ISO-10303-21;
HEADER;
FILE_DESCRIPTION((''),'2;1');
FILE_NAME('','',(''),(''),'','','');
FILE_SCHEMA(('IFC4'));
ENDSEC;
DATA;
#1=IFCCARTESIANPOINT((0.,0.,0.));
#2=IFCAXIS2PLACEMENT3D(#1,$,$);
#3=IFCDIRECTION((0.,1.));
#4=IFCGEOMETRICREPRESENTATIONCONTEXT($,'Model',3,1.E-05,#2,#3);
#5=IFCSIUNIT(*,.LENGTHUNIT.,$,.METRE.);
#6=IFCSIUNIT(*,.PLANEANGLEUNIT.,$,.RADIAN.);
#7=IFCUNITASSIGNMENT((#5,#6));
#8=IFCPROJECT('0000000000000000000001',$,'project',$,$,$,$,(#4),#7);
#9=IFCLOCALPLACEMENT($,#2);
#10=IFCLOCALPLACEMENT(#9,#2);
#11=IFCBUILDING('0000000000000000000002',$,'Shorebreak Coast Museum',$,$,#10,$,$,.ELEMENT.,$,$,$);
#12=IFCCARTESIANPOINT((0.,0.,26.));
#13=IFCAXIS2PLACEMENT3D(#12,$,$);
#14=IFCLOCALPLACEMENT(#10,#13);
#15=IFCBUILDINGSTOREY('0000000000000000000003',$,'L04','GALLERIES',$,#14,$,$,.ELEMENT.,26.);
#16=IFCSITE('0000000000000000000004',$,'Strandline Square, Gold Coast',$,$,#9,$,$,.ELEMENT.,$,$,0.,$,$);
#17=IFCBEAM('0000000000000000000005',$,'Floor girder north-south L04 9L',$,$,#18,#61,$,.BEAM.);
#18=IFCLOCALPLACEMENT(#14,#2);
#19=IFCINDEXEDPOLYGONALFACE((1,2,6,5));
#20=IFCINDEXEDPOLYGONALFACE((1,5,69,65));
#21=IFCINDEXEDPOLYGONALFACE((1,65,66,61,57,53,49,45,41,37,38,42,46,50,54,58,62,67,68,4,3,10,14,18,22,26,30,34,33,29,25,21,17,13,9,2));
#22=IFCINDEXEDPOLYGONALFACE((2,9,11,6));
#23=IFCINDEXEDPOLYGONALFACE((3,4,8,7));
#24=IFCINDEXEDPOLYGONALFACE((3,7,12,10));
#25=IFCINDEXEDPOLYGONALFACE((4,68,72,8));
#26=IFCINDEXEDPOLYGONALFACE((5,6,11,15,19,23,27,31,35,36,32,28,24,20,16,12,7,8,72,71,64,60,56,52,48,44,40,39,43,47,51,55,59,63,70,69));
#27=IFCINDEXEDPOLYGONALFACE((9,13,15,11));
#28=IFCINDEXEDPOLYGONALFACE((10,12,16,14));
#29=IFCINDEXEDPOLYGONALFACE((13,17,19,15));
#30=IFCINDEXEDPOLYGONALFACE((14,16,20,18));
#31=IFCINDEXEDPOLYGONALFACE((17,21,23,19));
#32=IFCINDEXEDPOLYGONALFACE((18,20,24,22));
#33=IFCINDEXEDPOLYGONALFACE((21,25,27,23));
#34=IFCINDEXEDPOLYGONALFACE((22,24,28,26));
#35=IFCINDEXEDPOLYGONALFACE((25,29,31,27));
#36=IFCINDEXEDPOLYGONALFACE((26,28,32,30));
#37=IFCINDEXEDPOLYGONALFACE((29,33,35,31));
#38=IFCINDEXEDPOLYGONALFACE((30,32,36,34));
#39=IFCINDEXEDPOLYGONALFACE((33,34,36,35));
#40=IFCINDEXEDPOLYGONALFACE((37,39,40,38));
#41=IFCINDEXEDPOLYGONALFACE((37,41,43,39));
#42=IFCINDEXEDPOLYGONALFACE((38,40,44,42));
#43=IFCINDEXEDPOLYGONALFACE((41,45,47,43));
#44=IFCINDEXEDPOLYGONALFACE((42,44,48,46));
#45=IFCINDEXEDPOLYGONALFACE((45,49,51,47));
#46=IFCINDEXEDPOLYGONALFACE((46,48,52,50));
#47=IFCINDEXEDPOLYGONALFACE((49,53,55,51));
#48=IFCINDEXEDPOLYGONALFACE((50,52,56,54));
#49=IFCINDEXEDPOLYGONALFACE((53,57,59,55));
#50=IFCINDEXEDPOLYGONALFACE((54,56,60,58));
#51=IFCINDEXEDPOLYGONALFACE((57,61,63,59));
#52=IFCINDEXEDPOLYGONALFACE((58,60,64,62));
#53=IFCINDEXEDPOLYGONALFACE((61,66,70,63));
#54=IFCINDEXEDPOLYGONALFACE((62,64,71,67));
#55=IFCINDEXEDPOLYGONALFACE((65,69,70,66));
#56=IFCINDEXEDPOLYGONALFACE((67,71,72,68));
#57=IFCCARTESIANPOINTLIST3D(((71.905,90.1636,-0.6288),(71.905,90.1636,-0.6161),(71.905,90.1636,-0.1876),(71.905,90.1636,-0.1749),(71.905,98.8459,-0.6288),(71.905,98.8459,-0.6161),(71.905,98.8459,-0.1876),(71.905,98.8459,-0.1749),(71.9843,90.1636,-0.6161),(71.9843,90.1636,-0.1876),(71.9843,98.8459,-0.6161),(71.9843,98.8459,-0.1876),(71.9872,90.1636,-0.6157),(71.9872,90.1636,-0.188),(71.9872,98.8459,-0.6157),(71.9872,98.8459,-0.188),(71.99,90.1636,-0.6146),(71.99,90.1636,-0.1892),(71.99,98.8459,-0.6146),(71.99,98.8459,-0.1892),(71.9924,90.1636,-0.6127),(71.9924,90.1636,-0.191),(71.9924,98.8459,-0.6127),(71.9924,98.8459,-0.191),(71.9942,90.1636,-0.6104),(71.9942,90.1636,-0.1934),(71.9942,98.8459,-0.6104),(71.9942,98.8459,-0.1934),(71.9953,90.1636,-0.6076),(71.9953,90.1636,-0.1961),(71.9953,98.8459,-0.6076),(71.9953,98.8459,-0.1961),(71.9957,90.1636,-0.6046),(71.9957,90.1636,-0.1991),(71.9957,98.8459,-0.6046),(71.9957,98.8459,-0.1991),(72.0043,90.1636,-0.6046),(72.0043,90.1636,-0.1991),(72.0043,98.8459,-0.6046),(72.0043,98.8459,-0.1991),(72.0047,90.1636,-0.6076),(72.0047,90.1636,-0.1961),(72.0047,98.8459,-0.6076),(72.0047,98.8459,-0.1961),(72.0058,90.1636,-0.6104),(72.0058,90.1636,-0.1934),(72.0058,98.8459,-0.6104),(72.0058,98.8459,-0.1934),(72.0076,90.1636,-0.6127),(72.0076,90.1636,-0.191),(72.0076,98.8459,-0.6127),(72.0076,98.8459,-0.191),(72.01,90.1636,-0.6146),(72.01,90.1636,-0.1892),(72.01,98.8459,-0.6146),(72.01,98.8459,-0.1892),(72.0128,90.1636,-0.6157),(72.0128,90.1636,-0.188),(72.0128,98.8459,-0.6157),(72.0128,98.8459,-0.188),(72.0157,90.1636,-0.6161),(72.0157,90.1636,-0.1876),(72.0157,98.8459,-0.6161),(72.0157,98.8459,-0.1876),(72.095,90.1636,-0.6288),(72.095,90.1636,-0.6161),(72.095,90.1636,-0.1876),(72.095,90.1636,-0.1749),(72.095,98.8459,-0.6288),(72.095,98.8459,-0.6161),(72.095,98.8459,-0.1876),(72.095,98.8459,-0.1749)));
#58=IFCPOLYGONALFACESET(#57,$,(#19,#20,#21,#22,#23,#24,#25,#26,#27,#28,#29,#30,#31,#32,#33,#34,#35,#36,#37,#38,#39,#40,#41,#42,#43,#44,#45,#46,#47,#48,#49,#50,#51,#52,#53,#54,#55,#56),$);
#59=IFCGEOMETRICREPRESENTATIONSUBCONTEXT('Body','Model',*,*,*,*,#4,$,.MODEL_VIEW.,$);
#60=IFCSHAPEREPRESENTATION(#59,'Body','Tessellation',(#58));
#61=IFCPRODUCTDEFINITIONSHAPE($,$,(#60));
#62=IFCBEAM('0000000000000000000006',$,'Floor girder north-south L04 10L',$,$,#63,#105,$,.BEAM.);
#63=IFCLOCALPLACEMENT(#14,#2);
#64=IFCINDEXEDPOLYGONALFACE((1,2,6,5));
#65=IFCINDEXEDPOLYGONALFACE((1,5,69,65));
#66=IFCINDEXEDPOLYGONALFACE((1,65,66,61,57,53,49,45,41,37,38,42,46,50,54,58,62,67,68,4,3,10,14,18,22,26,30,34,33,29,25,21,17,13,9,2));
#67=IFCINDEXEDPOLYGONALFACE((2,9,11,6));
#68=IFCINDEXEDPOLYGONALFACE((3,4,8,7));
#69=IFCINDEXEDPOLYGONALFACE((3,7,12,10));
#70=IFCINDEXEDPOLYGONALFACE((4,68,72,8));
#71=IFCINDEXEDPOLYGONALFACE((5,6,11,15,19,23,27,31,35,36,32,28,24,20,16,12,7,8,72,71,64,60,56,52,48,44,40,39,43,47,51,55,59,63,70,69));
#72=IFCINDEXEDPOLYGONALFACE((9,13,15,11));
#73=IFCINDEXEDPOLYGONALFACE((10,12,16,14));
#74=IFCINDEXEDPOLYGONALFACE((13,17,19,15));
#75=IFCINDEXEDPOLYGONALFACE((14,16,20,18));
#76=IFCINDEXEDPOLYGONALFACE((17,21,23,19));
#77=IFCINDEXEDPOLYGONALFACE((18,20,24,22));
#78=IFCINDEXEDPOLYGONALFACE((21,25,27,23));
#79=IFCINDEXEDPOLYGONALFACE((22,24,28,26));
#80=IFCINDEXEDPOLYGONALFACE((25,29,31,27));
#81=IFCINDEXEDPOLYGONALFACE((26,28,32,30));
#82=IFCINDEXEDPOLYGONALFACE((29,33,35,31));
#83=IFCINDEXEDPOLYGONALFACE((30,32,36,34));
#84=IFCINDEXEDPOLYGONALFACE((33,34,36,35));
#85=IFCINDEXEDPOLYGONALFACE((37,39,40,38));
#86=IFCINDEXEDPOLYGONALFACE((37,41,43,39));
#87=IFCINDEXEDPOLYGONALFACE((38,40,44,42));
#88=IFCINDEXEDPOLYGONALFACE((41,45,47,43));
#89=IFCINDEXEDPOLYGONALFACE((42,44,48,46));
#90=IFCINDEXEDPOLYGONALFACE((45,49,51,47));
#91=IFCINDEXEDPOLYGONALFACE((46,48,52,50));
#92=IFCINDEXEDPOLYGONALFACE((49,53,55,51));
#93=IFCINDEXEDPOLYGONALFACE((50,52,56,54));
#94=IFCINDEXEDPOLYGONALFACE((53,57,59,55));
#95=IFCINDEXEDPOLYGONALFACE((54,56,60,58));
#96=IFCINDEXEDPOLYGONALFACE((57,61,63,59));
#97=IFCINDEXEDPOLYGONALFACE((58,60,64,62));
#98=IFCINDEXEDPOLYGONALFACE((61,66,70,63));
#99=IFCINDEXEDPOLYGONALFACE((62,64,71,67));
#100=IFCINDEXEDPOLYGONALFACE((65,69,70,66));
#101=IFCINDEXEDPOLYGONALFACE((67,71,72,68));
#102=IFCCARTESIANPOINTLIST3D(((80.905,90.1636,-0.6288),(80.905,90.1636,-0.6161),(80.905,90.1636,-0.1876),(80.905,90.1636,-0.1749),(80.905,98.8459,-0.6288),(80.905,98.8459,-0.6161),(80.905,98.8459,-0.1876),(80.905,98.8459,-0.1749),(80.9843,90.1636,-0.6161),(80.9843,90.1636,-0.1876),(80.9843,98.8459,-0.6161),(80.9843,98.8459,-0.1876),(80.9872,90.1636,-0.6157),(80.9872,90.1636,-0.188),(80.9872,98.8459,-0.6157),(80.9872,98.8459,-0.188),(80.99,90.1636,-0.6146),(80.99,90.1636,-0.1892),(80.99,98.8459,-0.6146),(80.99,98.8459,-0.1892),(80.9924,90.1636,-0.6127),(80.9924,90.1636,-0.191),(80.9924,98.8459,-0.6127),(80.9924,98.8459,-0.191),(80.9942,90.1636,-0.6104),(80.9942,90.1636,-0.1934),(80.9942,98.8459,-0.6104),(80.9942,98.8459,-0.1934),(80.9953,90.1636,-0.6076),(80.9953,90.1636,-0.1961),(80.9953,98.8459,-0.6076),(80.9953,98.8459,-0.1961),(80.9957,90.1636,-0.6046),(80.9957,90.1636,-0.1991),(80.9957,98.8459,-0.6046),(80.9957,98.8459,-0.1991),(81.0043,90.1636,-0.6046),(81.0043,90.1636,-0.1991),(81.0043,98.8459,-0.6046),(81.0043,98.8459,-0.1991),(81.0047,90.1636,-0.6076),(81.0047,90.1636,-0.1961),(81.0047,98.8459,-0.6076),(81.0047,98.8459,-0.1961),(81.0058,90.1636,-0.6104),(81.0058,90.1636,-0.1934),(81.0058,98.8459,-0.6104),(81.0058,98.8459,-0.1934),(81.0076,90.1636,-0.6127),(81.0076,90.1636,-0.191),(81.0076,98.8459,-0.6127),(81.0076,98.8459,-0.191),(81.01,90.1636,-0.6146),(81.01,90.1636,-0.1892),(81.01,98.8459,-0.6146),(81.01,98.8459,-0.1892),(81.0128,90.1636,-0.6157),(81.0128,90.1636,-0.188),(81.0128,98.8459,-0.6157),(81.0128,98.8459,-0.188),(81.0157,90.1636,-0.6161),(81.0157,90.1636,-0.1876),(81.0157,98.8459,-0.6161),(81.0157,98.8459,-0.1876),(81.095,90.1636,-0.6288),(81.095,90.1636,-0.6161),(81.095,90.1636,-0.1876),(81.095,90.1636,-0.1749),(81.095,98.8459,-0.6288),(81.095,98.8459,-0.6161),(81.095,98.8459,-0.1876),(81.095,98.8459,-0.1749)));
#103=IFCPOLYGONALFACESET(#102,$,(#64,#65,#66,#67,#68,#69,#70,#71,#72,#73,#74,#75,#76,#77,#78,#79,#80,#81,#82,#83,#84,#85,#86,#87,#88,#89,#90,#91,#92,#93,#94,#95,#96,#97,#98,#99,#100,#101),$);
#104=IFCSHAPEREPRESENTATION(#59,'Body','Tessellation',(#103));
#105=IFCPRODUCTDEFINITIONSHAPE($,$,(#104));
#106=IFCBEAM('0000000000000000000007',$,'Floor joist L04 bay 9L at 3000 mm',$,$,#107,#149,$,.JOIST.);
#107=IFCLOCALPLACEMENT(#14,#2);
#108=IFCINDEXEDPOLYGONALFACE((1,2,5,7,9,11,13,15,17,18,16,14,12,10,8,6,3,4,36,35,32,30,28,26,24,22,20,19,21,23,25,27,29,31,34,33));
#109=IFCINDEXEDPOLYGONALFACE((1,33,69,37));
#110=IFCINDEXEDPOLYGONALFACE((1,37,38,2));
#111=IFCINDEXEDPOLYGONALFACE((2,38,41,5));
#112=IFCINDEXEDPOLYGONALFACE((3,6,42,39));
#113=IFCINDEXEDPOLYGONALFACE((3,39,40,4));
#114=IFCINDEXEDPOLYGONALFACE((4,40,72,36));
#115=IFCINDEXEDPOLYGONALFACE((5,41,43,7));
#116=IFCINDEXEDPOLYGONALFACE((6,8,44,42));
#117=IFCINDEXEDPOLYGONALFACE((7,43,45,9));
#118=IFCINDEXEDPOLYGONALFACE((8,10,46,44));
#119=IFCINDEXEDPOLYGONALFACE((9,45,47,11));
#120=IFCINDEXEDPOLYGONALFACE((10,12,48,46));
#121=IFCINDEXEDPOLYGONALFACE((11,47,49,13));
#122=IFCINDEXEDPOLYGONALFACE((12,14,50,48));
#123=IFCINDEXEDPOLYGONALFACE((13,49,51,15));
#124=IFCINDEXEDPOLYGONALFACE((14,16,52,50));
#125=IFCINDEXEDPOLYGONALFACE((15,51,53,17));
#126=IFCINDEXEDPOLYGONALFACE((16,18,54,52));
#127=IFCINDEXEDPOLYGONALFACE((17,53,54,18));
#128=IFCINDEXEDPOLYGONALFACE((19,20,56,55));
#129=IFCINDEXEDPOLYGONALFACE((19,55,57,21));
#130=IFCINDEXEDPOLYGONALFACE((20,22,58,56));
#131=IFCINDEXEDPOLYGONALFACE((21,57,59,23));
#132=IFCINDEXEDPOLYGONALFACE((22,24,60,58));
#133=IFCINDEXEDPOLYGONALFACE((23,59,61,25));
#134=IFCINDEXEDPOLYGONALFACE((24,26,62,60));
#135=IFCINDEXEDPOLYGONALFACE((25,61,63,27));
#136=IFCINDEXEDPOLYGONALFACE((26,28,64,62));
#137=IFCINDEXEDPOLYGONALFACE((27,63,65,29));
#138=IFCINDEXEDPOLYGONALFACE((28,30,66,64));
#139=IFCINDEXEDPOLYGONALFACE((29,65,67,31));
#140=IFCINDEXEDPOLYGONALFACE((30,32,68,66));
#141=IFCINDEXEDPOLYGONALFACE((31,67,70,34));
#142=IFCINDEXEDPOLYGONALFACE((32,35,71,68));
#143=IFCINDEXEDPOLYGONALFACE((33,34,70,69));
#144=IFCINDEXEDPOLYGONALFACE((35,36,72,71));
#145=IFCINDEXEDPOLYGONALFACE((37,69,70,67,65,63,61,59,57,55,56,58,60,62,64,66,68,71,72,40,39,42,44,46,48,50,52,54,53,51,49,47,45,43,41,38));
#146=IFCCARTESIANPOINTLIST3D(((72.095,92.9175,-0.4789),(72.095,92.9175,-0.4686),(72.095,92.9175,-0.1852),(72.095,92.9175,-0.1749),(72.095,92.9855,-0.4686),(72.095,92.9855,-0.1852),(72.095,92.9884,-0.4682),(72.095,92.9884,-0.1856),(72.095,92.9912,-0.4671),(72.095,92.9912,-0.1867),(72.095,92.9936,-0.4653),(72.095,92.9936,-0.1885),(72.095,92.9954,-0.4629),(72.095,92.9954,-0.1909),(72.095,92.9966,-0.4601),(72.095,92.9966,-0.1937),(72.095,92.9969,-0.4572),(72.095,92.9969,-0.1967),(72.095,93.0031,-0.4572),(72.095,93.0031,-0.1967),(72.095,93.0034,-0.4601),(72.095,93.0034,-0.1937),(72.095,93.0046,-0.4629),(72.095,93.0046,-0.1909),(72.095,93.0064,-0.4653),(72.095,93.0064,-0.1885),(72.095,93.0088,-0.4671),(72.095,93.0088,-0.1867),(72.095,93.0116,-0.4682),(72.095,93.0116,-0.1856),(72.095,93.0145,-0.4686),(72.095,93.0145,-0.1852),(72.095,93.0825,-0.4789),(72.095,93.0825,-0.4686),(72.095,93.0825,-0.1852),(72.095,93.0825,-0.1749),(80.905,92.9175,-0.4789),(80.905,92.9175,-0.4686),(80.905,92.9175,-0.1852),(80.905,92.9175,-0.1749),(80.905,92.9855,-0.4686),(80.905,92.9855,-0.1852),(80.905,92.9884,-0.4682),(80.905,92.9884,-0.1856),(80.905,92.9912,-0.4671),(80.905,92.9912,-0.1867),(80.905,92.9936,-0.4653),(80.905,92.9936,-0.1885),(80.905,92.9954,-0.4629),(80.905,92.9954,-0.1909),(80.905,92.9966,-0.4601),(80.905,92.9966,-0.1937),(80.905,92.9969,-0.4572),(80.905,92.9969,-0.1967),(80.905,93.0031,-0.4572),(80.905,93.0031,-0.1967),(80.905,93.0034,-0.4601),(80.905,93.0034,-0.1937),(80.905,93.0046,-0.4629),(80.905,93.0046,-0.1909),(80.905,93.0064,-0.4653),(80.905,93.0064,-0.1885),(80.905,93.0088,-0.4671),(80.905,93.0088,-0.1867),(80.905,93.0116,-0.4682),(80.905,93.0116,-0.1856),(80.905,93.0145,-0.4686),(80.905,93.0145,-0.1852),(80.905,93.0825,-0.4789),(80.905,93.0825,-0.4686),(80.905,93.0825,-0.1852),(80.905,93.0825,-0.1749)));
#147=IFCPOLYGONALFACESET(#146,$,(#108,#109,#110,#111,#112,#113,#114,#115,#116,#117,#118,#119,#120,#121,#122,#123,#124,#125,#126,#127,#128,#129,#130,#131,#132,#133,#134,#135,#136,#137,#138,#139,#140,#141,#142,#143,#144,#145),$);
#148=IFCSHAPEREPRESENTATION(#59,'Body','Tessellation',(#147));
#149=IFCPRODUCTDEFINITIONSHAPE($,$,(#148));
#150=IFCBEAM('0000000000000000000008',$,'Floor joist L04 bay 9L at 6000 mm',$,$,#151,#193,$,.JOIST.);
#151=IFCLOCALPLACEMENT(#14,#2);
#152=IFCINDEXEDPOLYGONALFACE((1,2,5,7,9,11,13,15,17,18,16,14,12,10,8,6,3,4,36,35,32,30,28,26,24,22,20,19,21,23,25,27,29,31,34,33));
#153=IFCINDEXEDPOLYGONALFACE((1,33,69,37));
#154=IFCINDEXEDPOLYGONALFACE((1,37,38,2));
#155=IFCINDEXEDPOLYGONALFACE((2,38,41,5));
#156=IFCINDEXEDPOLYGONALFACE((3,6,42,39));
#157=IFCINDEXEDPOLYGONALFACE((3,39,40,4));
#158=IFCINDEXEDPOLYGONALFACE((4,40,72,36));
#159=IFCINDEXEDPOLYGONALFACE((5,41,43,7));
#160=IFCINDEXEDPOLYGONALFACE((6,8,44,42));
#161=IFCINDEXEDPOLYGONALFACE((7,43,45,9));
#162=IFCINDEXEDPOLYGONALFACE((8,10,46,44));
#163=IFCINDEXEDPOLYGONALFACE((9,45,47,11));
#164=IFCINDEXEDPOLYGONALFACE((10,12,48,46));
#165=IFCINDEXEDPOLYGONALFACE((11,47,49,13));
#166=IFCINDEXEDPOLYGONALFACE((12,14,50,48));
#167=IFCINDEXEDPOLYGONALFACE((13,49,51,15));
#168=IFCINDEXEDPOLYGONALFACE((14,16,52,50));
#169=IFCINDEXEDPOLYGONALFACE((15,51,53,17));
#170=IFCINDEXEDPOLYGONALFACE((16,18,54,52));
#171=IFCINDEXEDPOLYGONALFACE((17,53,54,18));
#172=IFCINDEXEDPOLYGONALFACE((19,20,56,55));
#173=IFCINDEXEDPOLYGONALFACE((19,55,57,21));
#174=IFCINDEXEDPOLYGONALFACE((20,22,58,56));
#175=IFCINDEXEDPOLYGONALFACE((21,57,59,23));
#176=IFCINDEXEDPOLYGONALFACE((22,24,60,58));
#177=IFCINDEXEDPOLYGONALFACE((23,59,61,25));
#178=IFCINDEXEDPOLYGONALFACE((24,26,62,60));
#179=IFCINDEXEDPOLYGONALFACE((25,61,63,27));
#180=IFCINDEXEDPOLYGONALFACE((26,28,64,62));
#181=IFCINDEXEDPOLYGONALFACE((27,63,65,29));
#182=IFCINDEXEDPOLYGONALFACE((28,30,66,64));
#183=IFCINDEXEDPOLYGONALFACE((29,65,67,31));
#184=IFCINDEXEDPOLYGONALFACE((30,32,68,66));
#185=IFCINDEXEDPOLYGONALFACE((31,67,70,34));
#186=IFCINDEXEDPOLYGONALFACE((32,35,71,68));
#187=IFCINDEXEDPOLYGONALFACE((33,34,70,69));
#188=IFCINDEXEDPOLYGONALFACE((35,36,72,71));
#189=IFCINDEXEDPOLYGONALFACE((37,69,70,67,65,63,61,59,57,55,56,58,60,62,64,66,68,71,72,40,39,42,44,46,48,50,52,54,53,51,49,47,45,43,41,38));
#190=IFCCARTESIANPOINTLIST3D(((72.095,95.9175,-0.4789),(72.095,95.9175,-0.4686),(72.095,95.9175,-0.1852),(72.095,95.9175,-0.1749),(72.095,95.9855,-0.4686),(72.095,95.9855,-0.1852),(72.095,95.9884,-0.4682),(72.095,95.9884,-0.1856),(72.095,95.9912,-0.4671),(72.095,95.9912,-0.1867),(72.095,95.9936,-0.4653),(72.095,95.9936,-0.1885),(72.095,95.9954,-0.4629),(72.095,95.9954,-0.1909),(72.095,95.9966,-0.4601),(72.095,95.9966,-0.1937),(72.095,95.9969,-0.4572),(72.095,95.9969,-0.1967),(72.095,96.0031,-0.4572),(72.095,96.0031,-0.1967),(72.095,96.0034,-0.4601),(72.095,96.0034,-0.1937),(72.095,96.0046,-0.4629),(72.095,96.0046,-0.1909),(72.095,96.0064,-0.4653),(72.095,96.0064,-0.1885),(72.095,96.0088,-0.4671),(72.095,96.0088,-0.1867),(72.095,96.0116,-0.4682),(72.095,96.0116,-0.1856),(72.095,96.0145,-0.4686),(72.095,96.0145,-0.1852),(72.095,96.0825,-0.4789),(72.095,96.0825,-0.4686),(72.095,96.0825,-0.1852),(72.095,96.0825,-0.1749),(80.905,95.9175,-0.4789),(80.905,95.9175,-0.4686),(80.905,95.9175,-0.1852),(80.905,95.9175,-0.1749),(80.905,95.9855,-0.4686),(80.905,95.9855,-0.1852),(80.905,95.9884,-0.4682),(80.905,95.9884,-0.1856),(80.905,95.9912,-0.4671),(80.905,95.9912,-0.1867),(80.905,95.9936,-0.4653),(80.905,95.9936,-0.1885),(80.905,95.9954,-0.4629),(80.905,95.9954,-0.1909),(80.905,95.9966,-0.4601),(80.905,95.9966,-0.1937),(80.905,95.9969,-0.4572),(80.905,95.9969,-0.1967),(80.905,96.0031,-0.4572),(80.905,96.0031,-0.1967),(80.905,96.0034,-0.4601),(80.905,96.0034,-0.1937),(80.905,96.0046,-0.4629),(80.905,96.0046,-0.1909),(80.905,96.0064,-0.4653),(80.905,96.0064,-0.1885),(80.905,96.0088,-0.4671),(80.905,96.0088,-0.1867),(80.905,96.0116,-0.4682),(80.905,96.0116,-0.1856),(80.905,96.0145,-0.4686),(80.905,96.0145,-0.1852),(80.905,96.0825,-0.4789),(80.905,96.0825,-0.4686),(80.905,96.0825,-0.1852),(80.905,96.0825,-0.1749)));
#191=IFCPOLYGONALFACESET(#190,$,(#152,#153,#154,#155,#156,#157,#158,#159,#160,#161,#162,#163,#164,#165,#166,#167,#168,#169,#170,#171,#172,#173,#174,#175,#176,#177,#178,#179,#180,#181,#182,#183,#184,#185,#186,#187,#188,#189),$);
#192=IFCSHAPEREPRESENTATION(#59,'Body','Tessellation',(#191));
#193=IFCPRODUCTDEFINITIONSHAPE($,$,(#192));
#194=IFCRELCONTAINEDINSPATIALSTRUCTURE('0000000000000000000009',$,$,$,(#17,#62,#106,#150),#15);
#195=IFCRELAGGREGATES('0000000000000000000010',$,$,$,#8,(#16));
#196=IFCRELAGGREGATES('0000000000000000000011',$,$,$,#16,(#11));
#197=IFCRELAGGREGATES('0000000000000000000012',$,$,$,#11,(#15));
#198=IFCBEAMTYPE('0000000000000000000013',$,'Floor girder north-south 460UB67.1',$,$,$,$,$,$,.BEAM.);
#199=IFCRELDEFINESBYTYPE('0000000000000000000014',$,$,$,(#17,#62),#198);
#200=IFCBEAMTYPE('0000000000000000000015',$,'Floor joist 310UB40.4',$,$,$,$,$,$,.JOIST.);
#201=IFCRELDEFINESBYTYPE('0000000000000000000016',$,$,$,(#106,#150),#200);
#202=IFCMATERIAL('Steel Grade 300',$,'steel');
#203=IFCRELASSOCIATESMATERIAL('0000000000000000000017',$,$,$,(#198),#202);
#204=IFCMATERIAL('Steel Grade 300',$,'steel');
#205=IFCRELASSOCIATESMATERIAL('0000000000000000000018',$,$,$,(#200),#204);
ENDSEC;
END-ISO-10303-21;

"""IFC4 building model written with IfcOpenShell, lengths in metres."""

from ifc_helpers import new_model, si_unit, direction, frame, origin, origin_2d, place, context, subcontext, project, spatial, i_section, extrude, material, material_profile, profile_set, type_object, element, save


model = new_model("IFC4")

# Units and contexts
model_context = context("Model", 3, precision=1e-05, world=origin(), true_north=direction((0.0, 1.0)))
body_context = subcontext(model_context, "Body", "Model", "MODEL_VIEW")
ifc_project = project(units=[si_unit("LENGTHUNIT", "METRE"), si_unit("PLANEANGLEUNIT", "RADIAN")], contexts=[model_context])

# Site, building, storey
site_placement = place(None, origin())
site = spatial("IfcSite", under=ifc_project, at=site_placement, Name="Strandline Square, Gold Coast", CompositionType="ELEMENT", RefElevation=0.0)
building_placement = place(site_placement, origin())
building = spatial("IfcBuilding", under=site, at=building_placement, Name="Shorebreak Coast Museum", CompositionType="ELEMENT")
storey_placement = place(building_placement, frame((0.0, 0.0, 26.0)))
storey = spatial("IfcBuildingStorey", under=building, at=storey_placement, Name="L04", Description="GALLERIES", CompositionType="ELEMENT", Elevation=26.0)

# Beams
ifc_material_1 = material(Name="Steel Grade 300", Category="steel")
ifc_material_profile_1 = material_profile(ifc_material_1, i_section(OverallWidth=0.1899, OverallDepth=0.4539, WebThickness=0.0085, FlangeThickness=0.0127, FilletRadius=0.0115, at=origin_2d()), Name="460UB67.1")
ifc_profile_set_1 = profile_set([ifc_material_profile_1], Name="Steel Grade 300")
beam_type_1 = type_object("IfcBeamType", Name="Floor girder north-south 460UB67.1", PredefinedType="BEAM", material=ifc_profile_set_1)
for number, where, z_axis, x_axis, name in (
    (1, (72.0, 90.1636, -0.4019), (0.0, 1.0, 0.0), (-1.0, 0.0, 0.0), "Floor girder north-south L04 9L"),
    (2, (81.0, 90.1636, -0.4019), (0.0, 1.0, 0.0), (-1.0, 0.0, 0.0), "Floor girder north-south L04 10L"),
):
    element("IfcBeam", number, at=place(storey_placement, frame(where, z_axis=z_axis, x_axis=x_axis)), inside=storey, type_object=beam_type_1, Name=name, PredefinedType="BEAM", context=body_context, shape_type="SweptSolid", body=[
        extrude(i_section(OverallWidth=0.1899, OverallDepth=0.4539, WebThickness=0.0085, FlangeThickness=0.0127, FilletRadius=0.0115, at=origin_2d()), origin(), (0.0, 0.0, 1.0), 8.6824),
    ])
ifc_material_2 = material(Name="Steel Grade 300", Category="steel")
ifc_material_profile_2 = material_profile(ifc_material_2, i_section(OverallWidth=0.165, OverallDepth=0.304, WebThickness=0.0061, FlangeThickness=0.0103, FilletRadius=0.0115, at=origin_2d()), Name="310UB40.4")
ifc_profile_set_2 = profile_set([ifc_material_profile_2], Name="Steel Grade 300")
beam_type_2 = type_object("IfcBeamType", Name="Floor joist 310UB40.4", PredefinedType="JOIST", material=ifc_profile_set_2)
for number, where, z_axis, x_axis, name in (
    (3, (72.095, 93.0, -0.3269), (1.0, 0.0, 0.0), (0.0, 1.0, 0.0), "Floor joist L04 bay 9L at 3000 mm"),
    (4, (72.095, 96.0, -0.3269), (1.0, 0.0, 0.0), (0.0, 1.0, 0.0), "Floor joist L04 bay 9L at 6000 mm"),
):
    element("IfcBeam", number, at=place(storey_placement, frame(where, z_axis=z_axis, x_axis=x_axis)), inside=storey, type_object=beam_type_2, Name=name, PredefinedType="JOIST", context=body_context, shape_type="SweptSolid", body=[
        extrude(i_section(OverallWidth=0.165, OverallDepth=0.304, WebThickness=0.0061, FlangeThickness=0.0103, FilletRadius=0.0115, at=origin_2d()), origin(), (0.0, 0.0, 1.0), 8.8101),
    ])

save(model, "model.ifc")
